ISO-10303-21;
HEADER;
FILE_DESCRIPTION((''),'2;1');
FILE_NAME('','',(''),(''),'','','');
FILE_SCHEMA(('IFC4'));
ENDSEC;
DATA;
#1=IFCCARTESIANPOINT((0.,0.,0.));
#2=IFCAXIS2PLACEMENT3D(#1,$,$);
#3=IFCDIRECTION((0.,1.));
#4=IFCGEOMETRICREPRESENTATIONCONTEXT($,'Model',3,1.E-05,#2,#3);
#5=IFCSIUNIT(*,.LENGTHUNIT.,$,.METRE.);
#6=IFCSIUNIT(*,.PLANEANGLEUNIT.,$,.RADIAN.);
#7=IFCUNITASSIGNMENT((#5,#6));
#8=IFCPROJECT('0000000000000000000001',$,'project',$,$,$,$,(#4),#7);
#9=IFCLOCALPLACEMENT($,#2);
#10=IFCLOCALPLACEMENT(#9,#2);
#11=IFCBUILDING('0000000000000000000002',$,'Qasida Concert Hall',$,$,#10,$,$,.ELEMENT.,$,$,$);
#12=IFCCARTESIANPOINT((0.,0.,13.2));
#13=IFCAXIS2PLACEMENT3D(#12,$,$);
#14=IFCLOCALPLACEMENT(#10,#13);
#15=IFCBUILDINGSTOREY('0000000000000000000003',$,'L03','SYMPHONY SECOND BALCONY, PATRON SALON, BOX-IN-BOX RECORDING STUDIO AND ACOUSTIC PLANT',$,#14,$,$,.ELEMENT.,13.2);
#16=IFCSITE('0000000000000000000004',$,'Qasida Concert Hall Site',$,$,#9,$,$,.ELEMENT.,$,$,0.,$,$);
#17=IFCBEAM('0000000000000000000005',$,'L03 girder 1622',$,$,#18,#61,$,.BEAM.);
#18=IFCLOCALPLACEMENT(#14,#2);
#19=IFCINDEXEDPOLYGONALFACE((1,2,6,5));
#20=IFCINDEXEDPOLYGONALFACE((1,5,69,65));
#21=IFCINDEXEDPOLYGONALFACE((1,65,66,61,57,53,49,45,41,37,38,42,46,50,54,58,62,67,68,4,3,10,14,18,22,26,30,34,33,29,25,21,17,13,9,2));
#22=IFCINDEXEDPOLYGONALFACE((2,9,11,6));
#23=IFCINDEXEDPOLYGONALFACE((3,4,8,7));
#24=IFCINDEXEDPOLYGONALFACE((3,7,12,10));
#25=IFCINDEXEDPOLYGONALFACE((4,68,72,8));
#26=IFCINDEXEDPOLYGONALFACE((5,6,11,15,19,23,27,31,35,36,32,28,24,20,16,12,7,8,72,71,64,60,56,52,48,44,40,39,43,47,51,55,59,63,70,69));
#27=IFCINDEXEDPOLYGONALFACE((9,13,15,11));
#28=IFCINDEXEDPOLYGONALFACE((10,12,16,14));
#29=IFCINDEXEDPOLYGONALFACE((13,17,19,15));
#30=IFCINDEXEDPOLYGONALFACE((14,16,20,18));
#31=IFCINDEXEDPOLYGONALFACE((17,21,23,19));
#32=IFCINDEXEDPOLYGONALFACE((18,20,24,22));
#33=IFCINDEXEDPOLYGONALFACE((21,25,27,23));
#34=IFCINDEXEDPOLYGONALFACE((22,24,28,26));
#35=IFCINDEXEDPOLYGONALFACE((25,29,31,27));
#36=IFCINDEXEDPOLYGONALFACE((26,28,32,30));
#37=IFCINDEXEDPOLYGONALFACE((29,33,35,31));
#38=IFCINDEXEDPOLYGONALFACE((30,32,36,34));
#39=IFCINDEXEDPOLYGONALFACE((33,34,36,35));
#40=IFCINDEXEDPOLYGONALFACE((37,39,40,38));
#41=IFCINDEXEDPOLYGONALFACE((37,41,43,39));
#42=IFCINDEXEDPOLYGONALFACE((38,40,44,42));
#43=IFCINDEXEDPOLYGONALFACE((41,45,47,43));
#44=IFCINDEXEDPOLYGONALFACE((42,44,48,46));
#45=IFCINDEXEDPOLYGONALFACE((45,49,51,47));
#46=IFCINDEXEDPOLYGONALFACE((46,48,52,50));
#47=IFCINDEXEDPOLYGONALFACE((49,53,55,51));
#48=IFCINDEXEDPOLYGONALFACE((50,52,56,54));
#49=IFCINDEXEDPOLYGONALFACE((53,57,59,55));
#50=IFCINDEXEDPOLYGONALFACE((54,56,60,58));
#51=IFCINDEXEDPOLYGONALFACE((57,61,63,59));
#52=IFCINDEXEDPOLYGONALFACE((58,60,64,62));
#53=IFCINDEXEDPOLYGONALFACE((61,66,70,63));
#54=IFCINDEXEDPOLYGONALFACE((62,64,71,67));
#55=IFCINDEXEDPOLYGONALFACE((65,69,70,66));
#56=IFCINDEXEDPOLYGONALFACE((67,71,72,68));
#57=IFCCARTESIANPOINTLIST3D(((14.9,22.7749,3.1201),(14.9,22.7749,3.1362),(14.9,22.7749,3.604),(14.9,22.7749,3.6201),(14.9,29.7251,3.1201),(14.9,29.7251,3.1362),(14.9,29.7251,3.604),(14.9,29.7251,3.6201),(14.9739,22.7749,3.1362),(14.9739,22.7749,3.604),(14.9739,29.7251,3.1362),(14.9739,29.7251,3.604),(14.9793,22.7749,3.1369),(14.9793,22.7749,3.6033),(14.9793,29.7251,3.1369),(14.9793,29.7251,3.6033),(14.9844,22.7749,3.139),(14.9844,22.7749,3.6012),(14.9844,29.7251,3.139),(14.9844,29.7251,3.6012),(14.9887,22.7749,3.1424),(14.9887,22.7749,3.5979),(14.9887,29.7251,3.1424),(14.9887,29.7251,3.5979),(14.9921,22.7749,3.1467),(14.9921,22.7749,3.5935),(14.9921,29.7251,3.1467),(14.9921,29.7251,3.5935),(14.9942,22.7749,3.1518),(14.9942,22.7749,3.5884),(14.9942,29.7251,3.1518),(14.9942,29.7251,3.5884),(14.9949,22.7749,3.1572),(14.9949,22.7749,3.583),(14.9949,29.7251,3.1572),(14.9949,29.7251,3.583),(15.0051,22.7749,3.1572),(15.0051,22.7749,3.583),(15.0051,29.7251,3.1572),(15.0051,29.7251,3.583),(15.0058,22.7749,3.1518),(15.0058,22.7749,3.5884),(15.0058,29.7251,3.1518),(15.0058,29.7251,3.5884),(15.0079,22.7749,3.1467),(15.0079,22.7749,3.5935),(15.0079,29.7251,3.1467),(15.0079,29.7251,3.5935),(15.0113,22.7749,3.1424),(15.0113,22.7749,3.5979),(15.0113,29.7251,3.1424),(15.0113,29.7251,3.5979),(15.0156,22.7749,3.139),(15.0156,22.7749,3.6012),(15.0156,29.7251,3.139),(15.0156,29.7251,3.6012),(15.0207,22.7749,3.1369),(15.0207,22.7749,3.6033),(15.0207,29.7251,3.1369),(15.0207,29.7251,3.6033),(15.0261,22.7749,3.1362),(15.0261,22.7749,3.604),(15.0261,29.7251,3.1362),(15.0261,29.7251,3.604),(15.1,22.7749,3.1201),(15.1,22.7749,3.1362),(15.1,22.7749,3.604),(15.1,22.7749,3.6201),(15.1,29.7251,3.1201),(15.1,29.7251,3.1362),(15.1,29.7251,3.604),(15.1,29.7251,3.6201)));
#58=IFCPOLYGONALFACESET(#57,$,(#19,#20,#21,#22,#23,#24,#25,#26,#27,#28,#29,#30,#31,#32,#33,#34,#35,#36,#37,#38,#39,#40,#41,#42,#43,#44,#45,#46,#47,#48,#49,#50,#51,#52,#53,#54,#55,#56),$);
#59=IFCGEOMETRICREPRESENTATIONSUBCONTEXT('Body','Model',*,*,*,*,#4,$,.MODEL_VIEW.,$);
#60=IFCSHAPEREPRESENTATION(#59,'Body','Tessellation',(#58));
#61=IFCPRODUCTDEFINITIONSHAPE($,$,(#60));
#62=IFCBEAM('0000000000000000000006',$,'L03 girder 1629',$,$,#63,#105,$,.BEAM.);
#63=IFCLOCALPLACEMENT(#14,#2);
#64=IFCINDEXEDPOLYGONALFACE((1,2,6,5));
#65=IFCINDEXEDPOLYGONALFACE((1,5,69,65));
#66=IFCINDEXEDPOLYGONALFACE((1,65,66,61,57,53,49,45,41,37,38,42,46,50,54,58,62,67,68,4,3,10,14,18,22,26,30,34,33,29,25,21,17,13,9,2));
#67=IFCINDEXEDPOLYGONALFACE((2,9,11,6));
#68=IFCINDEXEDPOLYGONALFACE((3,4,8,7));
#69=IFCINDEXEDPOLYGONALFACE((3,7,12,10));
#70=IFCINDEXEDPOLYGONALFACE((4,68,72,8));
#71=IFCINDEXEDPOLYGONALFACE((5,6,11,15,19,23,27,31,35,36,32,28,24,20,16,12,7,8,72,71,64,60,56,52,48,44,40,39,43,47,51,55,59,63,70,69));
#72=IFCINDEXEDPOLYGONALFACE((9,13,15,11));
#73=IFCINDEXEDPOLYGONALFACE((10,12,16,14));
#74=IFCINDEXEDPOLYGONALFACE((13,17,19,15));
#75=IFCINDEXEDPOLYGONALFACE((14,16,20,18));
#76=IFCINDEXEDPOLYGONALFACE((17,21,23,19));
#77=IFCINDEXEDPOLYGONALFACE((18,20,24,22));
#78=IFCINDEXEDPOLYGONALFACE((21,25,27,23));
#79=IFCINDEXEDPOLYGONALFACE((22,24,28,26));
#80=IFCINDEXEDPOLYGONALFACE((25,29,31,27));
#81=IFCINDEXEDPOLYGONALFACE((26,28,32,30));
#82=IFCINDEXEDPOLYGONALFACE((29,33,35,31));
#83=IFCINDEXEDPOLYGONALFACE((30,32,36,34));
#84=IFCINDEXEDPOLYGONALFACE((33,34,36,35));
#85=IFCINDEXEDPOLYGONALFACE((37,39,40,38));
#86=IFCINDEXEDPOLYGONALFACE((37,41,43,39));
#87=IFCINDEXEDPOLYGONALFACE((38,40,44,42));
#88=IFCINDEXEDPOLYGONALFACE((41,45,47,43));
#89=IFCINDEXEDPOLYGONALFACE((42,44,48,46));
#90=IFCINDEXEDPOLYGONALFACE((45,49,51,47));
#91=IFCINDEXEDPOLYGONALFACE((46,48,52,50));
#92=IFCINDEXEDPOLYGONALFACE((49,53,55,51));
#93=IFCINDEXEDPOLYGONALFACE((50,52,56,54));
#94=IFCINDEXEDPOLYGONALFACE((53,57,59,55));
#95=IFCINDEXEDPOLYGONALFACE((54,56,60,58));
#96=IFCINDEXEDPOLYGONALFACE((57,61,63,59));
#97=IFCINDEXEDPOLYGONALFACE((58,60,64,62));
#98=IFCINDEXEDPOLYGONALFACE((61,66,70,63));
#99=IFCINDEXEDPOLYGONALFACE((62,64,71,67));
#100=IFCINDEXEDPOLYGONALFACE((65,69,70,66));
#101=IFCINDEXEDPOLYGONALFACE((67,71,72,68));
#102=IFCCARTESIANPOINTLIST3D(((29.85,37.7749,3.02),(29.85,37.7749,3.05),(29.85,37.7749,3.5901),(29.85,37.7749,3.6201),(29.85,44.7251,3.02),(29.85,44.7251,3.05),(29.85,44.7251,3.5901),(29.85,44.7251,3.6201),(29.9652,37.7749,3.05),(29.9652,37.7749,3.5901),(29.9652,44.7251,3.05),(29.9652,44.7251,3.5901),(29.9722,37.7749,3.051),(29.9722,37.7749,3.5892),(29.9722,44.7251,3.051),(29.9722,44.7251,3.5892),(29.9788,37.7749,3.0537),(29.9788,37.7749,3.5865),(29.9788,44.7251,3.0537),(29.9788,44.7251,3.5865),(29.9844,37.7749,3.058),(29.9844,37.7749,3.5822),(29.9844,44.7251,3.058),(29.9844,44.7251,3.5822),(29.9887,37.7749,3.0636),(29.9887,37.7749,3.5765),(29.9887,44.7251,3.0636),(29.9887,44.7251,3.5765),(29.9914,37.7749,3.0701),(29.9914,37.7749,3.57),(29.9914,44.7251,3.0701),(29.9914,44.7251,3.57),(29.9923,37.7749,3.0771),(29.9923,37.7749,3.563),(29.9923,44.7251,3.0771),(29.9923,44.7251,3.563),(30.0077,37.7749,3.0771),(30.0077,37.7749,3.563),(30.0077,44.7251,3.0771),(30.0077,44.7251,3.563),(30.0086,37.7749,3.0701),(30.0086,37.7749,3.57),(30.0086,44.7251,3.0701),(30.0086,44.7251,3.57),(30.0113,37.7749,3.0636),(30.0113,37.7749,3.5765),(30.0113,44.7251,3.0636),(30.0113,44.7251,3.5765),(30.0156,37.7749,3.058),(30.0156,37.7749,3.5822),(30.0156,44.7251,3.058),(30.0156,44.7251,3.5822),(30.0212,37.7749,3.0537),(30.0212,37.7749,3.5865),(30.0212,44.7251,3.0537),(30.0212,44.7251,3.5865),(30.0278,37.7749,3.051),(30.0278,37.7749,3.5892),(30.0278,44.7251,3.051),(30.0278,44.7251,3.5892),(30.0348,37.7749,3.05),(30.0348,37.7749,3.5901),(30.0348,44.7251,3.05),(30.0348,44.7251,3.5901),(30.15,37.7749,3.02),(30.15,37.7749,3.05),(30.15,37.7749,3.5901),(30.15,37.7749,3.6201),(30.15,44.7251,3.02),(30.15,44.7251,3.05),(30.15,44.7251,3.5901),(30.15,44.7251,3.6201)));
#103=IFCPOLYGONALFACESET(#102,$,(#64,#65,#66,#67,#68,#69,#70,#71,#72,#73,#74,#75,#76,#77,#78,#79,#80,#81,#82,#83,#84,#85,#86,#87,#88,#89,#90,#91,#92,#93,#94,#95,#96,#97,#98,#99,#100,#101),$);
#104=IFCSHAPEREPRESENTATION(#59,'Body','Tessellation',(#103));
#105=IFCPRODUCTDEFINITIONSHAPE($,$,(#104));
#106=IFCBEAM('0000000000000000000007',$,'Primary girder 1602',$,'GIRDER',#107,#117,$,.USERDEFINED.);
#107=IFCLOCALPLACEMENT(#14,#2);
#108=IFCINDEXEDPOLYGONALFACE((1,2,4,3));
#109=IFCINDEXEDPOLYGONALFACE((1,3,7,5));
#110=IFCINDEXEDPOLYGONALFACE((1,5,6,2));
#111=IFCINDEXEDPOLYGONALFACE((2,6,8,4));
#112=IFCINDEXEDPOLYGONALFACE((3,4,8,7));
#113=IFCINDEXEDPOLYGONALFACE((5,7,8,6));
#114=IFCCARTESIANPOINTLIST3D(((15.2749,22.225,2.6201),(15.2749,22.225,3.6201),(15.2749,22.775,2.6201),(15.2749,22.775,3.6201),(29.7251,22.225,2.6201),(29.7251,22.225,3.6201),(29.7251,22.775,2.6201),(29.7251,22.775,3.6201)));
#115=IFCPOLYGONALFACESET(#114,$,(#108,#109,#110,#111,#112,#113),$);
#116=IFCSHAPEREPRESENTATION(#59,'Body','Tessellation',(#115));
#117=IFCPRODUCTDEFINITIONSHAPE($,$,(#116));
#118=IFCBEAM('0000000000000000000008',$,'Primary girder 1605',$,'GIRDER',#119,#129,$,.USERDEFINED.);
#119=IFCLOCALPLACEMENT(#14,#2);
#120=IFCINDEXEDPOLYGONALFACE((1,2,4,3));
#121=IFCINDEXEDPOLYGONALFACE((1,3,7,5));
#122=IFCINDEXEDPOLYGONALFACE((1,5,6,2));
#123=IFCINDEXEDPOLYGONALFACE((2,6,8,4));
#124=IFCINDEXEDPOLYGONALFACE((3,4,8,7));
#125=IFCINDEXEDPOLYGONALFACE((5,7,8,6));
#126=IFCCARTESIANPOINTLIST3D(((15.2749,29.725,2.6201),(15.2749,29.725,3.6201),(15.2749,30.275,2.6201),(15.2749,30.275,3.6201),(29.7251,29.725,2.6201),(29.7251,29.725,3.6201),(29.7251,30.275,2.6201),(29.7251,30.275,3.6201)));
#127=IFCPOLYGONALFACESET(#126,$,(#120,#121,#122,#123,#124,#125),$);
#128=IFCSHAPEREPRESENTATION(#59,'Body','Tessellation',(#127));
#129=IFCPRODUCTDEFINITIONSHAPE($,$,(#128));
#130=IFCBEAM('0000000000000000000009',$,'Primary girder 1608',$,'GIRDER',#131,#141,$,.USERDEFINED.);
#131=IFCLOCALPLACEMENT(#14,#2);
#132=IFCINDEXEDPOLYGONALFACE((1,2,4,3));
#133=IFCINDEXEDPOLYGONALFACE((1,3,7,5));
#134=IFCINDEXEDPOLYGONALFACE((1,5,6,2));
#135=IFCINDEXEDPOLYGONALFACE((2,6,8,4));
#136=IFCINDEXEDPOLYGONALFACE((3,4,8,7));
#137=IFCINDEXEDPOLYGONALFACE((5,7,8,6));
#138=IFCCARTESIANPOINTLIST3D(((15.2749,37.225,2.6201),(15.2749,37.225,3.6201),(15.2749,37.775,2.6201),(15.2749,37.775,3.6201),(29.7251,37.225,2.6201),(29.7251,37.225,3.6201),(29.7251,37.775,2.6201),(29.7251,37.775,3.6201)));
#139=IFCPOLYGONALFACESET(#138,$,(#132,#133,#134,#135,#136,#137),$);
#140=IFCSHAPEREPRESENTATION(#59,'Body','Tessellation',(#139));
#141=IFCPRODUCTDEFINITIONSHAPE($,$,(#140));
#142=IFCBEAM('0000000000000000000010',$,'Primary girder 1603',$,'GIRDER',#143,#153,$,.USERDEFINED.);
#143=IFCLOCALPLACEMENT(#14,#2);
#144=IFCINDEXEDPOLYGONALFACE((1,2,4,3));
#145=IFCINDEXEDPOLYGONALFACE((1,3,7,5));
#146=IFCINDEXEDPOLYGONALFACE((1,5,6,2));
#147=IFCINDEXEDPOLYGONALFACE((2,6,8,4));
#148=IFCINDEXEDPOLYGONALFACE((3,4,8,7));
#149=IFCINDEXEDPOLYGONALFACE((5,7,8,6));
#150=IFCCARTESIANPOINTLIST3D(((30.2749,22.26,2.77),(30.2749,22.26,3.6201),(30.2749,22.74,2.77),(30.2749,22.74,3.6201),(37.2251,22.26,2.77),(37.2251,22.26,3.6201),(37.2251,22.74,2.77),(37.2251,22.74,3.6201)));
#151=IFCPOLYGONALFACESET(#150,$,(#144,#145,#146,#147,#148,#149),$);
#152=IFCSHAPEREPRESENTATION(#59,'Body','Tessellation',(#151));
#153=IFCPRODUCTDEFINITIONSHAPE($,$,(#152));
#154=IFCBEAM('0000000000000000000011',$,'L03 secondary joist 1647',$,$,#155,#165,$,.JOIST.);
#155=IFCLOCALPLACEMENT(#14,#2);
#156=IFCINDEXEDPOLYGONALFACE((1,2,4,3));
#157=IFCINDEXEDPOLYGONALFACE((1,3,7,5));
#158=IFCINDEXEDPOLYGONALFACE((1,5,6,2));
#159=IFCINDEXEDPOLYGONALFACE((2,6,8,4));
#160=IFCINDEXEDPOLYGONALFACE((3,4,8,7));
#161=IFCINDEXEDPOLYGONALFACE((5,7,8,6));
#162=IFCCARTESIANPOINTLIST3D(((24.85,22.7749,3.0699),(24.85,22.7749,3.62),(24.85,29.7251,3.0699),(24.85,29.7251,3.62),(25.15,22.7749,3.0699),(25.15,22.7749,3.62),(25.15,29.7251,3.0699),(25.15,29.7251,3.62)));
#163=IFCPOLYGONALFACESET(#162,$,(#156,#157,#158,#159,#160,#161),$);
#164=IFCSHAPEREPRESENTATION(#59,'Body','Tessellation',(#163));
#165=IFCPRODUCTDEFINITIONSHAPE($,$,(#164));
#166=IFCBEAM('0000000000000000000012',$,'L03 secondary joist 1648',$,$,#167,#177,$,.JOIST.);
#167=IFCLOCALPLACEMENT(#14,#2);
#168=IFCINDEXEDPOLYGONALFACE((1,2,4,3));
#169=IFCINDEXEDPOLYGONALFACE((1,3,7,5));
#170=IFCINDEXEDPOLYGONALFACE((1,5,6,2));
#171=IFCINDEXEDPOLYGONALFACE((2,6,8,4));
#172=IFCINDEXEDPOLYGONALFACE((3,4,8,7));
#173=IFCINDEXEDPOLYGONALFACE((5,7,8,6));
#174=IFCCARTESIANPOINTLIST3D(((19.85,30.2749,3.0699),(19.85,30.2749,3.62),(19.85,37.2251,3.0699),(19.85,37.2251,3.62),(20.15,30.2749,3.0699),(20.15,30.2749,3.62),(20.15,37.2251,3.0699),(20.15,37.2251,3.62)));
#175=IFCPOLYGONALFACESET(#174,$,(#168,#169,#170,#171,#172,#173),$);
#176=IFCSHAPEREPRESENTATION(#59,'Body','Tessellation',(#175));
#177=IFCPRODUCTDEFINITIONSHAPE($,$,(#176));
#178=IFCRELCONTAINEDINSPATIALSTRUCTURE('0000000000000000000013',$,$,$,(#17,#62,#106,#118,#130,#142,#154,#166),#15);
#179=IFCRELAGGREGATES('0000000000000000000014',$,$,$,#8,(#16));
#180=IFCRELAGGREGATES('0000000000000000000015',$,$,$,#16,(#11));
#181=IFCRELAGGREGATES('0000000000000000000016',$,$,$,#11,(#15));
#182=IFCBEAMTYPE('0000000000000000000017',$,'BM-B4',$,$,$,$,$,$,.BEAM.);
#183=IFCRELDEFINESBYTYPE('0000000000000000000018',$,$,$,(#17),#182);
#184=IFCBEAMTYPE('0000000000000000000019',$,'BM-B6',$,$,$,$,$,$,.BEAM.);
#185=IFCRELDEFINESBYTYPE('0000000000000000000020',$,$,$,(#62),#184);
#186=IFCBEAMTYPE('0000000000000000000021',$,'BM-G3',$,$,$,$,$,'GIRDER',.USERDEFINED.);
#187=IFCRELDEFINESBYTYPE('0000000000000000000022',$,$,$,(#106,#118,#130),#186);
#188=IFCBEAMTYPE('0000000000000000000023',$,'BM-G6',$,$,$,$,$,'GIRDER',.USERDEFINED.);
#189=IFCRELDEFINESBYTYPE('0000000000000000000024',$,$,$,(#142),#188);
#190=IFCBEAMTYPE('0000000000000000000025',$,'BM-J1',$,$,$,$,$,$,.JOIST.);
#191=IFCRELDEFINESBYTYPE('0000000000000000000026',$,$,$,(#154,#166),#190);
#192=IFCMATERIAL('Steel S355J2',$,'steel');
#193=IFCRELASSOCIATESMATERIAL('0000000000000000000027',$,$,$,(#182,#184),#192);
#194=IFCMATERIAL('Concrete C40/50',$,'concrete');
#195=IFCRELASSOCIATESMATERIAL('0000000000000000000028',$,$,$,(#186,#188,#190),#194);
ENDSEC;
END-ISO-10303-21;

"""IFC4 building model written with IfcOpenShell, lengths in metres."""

from ifc_helpers import new_model, si_unit, direction, frame, origin, origin_2d, place, context, subcontext, project, spatial, rectangle, i_section, extrude, material, material_profile, profile_set, type_object, element, save


model = new_model("IFC4")

# Units and contexts
model_context = context("Model", 3, precision=1e-05, world=origin(), true_north=direction((0.0, 1.0)))
body_context = subcontext(model_context, "Body", "Model", "MODEL_VIEW")
ifc_project = project(units=[si_unit("LENGTHUNIT", "METRE"), si_unit("PLANEANGLEUNIT", "RADIAN")], contexts=[model_context])

# Site, building, storey
site_placement = place(None, origin())
site = spatial("IfcSite", under=ifc_project, at=site_placement, Name="Qasida Concert Hall Site", CompositionType="ELEMENT", RefElevation=0.0)
building_placement = place(site_placement, origin())
building = spatial("IfcBuilding", under=site, at=building_placement, Name="Qasida Concert Hall", CompositionType="ELEMENT")
storey_placement = place(building_placement, frame((0.0, 0.0, 13.2)))
storey = spatial("IfcBuildingStorey", under=building, at=storey_placement, Name="L03", Description="SYMPHONY SECOND BALCONY, PATRON SALON, BOX-IN-BOX RECORDING STUDIO AND ACOUSTIC PLANT", CompositionType="ELEMENT", Elevation=13.2)

# Beams
ifc_material_1 = material(Name="Concrete C40/50", Category="concrete")
ifc_material_2 = material(Name="Steel S355J2", Category="steel")
ifc_material_profile_1 = material_profile(ifc_material_2, i_section(OverallWidth=0.2, OverallDepth=0.5, WebThickness=0.0103, FlangeThickness=0.0161, FilletRadius=0.021, at=origin_2d()), Name="IPE 500")
ifc_profile_set_1 = profile_set([ifc_material_profile_1], Name="Steel S355J2")
beam_type_1 = type_object("IfcBeamType", Name="BM-B4", PredefinedType="BEAM", material=ifc_profile_set_1)
beam_1_placement = place(storey_placement, frame((15.0, 22.7749, 3.3701), z_axis=(0.0, 1.0, 0.0), x_axis=(-1.0, 0.0, 0.0)))
element("IfcBeam", 1, at=beam_1_placement, inside=storey, type_object=beam_type_1, Name="L03 girder 1622", PredefinedType="BEAM", context=body_context, shape_type="SweptSolid", body=[
    extrude(i_section(OverallWidth=0.2, OverallDepth=0.5, WebThickness=0.0103, FlangeThickness=0.0161, FilletRadius=0.021, at=origin_2d()), origin(), (0.0, 0.0, 1.0), 6.9502),
])
ifc_material_profile_2 = material_profile(ifc_material_2, i_section(OverallWidth=0.3, OverallDepth=0.6001, WebThickness=0.0154, FlangeThickness=0.03, FilletRadius=0.0271, at=origin_2d()), Name="HEB 600")
ifc_profile_set_2 = profile_set([ifc_material_profile_2], Name="Steel S355J2")
beam_type_2 = type_object("IfcBeamType", Name="BM-B6", PredefinedType="BEAM", material=ifc_profile_set_2)
beam_2_placement = place(storey_placement, frame((30.0, 37.7749, 3.3201), z_axis=(0.0, 1.0, 0.0), x_axis=(-1.0, 0.0, 0.0)))
element("IfcBeam", 2, at=beam_2_placement, inside=storey, type_object=beam_type_2, Name="L03 girder 1629", PredefinedType="BEAM", context=body_context, shape_type="SweptSolid", body=[
    extrude(i_section(OverallWidth=0.3, OverallDepth=0.6001, WebThickness=0.0154, FlangeThickness=0.03, FilletRadius=0.0271, at=origin_2d()), origin(), (0.0, 0.0, 1.0), 6.9502),
])
ifc_material_profile_3 = material_profile(ifc_material_1, rectangle(XDim=0.55, YDim=1.0, at=origin_2d()), Name="RC 550x1000")
ifc_profile_set_3 = profile_set([ifc_material_profile_3], Name="Concrete C40/50")
beam_type_3 = type_object("IfcBeamType", Name="BM-G3", ElementType="GIRDER", PredefinedType="USERDEFINED", material=ifc_profile_set_3)
for number, where, z_axis, x_axis, name in (
    (3, (15.2749, 22.5, 3.1201), (1.0, 0.0, 0.0), (0.0, 1.0, 0.0), "Primary girder 1602"),
    (4, (15.2749, 30.0, 3.1201), (1.0, 0.0, 0.0), (0.0, 1.0, 0.0), "Primary girder 1605"),
    (5, (15.2749, 37.5, 3.1201), (1.0, 0.0, 0.0), (0.0, 1.0, 0.0), "Primary girder 1608"),
):
    element("IfcBeam", number, at=place(storey_placement, frame(where, z_axis=z_axis, x_axis=x_axis)), inside=storey, type_object=beam_type_3, Name=name, ObjectType="GIRDER", PredefinedType="USERDEFINED", context=body_context, shape_type="SweptSolid", body=[
        extrude(rectangle(XDim=0.55, YDim=1.0, at=origin_2d()), origin(), (0.0, 0.0, 1.0), 14.4502),
    ])
ifc_material_profile_4 = material_profile(ifc_material_1, rectangle(XDim=0.48, YDim=0.8501, at=origin_2d()), Name="RC 480x850")
ifc_profile_set_4 = profile_set([ifc_material_profile_4], Name="Concrete C40/50")
beam_type_4 = type_object("IfcBeamType", Name="BM-G6", ElementType="GIRDER", PredefinedType="USERDEFINED", material=ifc_profile_set_4)
beam_3_placement = place(storey_placement, frame((30.2749, 22.5, 3.1951), z_axis=(1.0, 0.0, 0.0), x_axis=(0.0, 1.0, 0.0)))
element("IfcBeam", 6, at=beam_3_placement, inside=storey, type_object=beam_type_4, Name="Primary girder 1603", ObjectType="GIRDER", PredefinedType="USERDEFINED", context=body_context, shape_type="SweptSolid", body=[
    extrude(rectangle(XDim=0.48, YDim=0.8501, at=origin_2d()), origin(), (0.0, 0.0, 1.0), 6.9502),
])
ifc_material_profile_5 = material_profile(ifc_material_1, rectangle(XDim=0.3, YDim=0.55, at=origin_2d()), Name="RC 300x550")
ifc_profile_set_5 = profile_set([ifc_material_profile_5], Name="Concrete C40/50")
beam_type_5 = type_object("IfcBeamType", Name="BM-J1", PredefinedType="JOIST", material=ifc_profile_set_5)
for number, where, z_axis, x_axis, name in (
    (7, (25.0, 22.7749, 3.345), (0.0, 1.0, 0.0), (-1.0, 0.0, 0.0), "L03 secondary joist 1647"),
    (8, (20.0, 30.2749, 3.345), (0.0, 1.0, 0.0), (-1.0, 0.0, 0.0), "L03 secondary joist 1648"),
):
    element("IfcBeam", number, at=place(storey_placement, frame(where, z_axis=z_axis, x_axis=x_axis)), inside=storey, type_object=beam_type_5, Name=name, PredefinedType="JOIST", context=body_context, shape_type="SweptSolid", body=[
        extrude(rectangle(XDim=0.3, YDim=0.55, at=origin_2d()), origin(), (0.0, 0.0, 1.0), 6.9502),
    ])

save(model, "model.ifc")
